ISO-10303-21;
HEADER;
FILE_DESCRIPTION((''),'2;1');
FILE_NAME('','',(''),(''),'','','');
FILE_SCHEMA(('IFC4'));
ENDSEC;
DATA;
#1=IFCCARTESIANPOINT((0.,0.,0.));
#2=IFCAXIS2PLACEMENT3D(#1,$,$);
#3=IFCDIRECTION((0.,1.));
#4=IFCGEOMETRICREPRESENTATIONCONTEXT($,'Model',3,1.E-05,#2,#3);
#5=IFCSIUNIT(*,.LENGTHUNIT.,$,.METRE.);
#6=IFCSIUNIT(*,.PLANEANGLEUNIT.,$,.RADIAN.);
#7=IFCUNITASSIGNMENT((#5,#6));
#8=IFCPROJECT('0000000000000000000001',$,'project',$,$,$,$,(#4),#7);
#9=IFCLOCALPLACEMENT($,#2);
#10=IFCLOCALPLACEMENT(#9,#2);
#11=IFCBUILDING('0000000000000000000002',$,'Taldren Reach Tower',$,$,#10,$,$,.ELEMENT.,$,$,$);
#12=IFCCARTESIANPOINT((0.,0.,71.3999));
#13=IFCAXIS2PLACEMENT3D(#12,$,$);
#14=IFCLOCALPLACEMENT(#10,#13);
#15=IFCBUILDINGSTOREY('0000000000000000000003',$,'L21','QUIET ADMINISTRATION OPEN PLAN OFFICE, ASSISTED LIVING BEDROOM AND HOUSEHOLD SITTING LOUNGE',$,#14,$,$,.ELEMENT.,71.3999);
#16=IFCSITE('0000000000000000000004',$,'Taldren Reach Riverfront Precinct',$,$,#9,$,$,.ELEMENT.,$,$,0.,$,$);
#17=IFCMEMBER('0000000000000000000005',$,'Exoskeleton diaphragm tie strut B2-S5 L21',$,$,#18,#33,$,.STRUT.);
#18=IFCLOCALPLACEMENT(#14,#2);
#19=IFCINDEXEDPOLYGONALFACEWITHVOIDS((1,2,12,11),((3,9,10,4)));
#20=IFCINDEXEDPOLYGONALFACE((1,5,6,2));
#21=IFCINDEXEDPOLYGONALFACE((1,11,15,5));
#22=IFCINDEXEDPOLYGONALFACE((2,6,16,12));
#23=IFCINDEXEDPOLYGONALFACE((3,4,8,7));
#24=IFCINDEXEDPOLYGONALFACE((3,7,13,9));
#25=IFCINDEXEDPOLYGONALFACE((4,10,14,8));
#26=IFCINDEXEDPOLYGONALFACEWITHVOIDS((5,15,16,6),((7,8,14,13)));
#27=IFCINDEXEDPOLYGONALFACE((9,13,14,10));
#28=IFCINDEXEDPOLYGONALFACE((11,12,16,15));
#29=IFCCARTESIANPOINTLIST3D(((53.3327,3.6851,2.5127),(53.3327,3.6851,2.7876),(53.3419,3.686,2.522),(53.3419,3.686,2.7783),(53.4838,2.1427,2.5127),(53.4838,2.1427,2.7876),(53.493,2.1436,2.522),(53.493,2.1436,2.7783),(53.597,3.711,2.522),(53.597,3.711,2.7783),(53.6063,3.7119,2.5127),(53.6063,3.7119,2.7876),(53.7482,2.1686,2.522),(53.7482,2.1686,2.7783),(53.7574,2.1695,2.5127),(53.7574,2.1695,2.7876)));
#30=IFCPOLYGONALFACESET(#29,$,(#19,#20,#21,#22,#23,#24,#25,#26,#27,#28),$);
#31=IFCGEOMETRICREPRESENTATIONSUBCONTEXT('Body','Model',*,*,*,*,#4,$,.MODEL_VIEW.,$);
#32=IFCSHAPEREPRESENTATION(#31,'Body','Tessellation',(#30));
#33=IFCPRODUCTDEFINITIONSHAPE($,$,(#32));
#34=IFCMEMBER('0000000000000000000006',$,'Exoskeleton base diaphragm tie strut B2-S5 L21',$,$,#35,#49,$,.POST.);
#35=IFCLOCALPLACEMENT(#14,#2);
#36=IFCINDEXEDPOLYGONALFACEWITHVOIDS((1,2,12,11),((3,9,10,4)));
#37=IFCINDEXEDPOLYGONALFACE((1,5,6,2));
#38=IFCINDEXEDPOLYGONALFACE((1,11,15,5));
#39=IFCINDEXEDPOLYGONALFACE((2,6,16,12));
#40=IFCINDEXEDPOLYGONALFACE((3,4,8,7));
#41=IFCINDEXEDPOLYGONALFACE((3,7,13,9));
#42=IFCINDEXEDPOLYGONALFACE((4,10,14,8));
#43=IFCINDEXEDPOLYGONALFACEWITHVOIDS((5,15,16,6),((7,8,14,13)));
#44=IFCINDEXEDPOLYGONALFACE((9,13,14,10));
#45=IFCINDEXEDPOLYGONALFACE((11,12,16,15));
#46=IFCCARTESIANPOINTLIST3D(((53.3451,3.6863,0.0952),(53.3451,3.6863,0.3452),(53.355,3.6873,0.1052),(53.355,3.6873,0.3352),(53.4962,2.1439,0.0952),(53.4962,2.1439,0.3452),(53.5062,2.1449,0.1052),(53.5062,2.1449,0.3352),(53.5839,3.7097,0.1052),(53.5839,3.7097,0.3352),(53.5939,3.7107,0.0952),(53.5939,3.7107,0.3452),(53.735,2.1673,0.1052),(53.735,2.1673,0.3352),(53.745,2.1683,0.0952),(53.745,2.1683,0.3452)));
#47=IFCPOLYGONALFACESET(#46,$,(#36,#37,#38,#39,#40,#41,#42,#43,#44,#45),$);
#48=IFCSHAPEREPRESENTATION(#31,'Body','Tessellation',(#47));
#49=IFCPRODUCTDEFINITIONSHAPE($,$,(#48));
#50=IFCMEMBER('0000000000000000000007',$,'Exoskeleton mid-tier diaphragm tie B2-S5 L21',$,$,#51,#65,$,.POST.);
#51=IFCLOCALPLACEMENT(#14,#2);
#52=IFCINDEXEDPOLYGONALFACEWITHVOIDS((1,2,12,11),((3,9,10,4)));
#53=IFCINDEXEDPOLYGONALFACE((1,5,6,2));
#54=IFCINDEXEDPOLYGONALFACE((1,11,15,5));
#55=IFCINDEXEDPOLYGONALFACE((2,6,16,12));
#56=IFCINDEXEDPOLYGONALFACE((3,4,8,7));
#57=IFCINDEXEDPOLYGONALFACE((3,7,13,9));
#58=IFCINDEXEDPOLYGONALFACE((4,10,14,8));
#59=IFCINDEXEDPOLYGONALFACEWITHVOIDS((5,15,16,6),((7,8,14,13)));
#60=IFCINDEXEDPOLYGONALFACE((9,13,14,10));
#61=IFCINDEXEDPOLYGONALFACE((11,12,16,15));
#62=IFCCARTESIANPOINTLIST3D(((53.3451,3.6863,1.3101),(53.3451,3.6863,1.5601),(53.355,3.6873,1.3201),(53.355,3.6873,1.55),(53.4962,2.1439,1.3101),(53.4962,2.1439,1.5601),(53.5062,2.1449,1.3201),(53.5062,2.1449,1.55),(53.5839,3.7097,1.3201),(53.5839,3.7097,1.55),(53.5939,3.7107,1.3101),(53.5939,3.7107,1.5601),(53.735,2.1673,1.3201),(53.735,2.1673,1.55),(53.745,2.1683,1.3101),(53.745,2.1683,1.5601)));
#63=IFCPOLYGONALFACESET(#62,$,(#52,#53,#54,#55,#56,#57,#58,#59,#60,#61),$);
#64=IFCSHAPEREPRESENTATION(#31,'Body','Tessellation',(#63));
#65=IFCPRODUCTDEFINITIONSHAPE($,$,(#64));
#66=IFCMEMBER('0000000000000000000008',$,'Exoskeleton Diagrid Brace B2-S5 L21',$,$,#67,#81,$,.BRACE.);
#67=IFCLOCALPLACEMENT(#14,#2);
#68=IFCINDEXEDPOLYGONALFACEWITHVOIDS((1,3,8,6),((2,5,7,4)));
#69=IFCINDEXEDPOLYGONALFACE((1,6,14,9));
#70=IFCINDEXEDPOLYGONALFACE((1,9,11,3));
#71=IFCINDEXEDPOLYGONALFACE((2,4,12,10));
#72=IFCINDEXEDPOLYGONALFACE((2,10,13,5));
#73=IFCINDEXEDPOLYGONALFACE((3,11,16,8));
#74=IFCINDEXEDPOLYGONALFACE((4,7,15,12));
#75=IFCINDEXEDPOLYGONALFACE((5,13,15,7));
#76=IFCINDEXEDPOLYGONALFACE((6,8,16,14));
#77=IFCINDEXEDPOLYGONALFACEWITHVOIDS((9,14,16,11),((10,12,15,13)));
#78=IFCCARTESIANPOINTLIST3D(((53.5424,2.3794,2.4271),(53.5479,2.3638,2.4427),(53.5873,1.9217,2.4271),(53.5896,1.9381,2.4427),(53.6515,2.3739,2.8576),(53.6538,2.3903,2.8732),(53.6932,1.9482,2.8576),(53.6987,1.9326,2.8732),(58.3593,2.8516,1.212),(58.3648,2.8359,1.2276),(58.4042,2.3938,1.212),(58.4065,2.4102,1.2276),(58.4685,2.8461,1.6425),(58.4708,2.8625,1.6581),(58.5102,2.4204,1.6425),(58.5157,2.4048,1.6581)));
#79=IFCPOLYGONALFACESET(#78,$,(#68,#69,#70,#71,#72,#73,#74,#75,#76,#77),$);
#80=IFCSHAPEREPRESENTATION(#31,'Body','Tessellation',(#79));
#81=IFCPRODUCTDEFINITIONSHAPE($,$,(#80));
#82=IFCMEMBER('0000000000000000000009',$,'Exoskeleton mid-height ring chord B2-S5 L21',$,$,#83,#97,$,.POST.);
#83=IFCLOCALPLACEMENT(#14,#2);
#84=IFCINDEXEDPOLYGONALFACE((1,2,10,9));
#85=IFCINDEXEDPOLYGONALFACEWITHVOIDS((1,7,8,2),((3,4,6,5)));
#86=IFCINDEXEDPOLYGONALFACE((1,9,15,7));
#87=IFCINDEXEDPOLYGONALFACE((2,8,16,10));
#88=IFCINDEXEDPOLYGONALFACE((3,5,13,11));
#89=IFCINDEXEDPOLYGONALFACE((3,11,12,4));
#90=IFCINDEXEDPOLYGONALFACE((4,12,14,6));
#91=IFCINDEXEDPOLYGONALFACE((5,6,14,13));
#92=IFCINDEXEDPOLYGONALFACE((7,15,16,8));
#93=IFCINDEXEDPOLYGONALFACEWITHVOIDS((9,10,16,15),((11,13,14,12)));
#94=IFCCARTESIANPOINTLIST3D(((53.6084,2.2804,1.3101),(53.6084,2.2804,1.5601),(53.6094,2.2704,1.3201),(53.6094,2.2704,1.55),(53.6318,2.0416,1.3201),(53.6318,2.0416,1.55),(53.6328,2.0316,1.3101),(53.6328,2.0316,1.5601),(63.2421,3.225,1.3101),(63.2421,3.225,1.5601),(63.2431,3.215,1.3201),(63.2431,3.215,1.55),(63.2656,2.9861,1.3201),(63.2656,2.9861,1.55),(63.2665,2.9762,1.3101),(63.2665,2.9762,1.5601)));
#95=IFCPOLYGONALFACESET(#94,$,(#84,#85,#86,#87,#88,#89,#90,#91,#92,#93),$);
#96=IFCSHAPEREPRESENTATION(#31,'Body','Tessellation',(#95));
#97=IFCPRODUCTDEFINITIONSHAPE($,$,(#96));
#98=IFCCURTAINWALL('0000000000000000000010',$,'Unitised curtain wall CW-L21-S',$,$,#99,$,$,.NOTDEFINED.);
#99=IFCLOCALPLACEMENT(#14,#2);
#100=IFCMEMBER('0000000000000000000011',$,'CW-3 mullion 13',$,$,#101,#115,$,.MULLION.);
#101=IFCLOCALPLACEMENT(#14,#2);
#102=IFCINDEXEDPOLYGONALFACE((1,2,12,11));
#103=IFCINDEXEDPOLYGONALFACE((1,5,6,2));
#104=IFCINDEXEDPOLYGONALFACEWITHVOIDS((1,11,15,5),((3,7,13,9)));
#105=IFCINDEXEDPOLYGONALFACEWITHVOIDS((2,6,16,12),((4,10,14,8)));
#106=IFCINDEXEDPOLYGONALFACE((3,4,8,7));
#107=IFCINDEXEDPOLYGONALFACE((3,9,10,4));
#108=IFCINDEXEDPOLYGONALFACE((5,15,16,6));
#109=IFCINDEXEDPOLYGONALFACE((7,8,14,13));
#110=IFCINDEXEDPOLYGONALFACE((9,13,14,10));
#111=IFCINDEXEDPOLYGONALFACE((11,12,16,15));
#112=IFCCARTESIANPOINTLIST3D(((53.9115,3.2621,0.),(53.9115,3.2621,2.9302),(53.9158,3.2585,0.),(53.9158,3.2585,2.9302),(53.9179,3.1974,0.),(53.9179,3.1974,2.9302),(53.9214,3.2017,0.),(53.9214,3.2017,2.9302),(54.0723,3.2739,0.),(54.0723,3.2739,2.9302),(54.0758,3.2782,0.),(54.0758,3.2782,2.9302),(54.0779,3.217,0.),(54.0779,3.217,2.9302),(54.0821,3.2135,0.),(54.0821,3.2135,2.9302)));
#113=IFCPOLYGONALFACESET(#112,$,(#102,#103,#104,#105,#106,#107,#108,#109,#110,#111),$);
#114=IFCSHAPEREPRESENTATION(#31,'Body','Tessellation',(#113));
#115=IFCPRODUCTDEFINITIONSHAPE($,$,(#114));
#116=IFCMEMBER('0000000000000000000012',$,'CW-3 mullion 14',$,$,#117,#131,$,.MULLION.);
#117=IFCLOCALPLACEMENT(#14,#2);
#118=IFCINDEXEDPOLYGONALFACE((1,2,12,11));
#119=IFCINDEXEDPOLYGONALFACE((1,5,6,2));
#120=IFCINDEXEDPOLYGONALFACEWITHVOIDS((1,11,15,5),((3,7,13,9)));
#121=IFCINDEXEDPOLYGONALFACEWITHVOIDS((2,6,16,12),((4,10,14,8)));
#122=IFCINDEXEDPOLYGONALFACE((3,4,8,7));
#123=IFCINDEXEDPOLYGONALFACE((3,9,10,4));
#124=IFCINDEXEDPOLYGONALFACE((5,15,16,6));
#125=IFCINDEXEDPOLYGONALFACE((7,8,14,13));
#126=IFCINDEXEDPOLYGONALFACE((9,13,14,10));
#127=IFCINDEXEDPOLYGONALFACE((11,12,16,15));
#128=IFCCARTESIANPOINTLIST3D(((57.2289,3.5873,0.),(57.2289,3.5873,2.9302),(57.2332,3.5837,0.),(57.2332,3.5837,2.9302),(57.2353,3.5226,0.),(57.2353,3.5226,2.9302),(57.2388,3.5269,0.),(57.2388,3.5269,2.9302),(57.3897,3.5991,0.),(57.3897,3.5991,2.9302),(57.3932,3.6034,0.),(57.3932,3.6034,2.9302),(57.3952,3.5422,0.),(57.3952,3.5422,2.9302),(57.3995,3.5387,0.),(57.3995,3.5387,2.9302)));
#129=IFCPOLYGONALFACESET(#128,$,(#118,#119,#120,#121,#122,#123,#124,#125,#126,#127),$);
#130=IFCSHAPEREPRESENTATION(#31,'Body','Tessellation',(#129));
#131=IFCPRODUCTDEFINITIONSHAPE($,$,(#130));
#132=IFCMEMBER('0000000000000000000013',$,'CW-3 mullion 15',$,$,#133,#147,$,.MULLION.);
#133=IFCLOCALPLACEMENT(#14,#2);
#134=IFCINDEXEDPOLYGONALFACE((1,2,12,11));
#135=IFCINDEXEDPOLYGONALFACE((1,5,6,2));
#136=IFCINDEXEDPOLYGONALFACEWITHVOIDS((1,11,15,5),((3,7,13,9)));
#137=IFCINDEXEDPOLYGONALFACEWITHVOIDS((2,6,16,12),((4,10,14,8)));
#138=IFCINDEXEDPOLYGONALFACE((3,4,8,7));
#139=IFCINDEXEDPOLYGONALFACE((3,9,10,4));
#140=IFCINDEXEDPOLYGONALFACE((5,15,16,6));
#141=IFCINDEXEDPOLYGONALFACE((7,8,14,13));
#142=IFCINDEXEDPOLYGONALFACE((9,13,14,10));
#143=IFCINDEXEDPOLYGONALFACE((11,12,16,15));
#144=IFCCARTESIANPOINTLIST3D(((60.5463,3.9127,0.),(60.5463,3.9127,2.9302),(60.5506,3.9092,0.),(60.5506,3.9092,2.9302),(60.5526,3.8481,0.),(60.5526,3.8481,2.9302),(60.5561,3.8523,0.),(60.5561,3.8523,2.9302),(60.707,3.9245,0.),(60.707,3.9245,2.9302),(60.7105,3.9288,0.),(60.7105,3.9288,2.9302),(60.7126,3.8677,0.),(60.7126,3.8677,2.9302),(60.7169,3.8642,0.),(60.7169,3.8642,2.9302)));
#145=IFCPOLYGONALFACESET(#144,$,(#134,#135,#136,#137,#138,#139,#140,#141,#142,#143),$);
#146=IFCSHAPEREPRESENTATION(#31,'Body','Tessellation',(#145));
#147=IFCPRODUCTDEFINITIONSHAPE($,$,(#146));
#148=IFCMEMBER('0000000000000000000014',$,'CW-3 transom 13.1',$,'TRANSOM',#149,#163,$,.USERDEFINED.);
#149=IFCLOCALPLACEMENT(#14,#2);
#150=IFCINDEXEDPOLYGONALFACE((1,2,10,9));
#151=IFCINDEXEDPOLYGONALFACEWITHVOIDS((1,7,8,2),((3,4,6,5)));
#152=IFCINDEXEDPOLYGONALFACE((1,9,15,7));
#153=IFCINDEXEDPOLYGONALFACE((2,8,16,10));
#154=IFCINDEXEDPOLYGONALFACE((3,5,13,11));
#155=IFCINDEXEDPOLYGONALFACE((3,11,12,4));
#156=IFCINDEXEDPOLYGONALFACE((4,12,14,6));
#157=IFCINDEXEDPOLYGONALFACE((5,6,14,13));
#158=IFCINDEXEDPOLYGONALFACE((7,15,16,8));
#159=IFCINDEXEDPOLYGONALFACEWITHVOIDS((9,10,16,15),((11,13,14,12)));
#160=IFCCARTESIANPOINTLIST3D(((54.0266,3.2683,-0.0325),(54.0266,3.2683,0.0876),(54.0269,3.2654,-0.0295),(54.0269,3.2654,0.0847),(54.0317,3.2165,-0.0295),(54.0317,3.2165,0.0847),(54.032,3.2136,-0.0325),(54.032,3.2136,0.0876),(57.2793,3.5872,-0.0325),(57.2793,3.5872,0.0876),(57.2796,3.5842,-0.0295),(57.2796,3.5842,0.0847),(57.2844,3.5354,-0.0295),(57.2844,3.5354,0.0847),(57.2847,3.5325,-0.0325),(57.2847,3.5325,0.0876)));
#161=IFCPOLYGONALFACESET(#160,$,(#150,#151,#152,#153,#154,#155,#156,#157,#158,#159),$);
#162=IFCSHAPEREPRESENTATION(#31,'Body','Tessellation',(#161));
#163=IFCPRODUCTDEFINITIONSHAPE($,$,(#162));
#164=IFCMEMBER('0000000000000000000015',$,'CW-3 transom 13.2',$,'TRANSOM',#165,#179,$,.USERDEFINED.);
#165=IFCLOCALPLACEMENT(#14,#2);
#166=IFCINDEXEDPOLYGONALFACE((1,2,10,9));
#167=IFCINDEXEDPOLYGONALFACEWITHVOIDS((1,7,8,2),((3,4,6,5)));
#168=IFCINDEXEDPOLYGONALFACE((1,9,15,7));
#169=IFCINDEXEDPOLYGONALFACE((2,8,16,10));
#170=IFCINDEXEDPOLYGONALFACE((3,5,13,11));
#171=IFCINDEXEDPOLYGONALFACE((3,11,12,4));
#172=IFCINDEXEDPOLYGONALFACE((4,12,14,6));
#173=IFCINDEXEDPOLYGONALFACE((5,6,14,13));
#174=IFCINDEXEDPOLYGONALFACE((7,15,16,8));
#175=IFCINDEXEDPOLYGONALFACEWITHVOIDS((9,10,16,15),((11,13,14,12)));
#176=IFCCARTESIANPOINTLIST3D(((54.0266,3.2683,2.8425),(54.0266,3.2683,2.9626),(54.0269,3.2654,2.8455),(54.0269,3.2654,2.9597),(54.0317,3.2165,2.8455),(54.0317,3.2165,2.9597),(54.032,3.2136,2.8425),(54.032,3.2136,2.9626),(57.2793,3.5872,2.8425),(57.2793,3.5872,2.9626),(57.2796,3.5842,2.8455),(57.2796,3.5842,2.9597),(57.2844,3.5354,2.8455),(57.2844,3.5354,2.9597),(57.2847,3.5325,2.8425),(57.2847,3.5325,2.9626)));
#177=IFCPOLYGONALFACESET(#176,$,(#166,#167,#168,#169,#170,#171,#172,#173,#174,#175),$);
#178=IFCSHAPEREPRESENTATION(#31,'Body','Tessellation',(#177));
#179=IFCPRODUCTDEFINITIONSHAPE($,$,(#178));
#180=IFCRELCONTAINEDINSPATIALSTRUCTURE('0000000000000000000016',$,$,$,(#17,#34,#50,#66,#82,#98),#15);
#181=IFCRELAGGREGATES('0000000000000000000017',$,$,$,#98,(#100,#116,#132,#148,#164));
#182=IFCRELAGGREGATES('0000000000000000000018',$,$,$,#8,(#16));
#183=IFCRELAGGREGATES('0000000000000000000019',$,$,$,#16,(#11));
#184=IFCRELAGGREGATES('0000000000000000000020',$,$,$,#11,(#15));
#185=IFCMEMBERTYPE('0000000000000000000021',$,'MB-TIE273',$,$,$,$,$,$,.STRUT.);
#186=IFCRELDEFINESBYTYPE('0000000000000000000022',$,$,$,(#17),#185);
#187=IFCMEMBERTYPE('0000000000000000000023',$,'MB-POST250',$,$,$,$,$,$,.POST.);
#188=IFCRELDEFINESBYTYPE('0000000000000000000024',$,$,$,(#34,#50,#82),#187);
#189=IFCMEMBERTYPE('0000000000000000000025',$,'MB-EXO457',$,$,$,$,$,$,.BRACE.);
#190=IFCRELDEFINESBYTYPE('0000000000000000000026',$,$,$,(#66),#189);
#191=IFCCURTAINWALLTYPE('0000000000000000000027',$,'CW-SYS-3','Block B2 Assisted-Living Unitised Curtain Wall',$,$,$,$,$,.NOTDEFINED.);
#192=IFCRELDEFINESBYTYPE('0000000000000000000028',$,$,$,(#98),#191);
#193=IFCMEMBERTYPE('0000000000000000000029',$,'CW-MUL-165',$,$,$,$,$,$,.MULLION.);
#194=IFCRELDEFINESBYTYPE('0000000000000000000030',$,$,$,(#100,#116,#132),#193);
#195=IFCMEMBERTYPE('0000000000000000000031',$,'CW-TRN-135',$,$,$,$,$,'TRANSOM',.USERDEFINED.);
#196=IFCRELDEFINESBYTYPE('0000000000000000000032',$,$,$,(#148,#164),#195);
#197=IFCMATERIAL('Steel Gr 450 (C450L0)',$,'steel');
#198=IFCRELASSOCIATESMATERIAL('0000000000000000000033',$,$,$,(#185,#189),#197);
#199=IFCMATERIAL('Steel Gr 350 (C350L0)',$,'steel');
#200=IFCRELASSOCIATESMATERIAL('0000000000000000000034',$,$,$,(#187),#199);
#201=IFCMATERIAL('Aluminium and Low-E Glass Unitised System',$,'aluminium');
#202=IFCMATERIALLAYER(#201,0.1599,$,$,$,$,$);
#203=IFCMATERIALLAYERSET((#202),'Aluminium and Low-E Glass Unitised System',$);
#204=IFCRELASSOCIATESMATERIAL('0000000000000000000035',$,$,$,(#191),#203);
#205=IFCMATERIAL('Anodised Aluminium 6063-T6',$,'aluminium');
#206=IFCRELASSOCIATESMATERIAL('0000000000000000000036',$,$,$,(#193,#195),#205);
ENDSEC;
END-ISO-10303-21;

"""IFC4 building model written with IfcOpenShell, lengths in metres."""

from ifc_helpers import new_model, si_unit, direction, frame, origin, origin_2d, place, context, subcontext, project, spatial, hollow_rectangle, extrude, source, transform, mapped, material, layer, layer_set, material_profile, profile_set, type_object, element, aggregate, save


model = new_model("IFC4")

# Units and contexts
model_context = context("Model", 3, precision=1e-05, world=origin(), true_north=direction((0.0, 1.0)))
body_context = subcontext(model_context, "Body", "Model", "MODEL_VIEW")
ifc_project = project(units=[si_unit("LENGTHUNIT", "METRE"), si_unit("PLANEANGLEUNIT", "RADIAN")], contexts=[model_context])

# Site, building, storey
site_placement = place(None, origin())
site = spatial("IfcSite", under=ifc_project, at=site_placement, Name="Taldren Reach Riverfront Precinct", CompositionType="ELEMENT", RefElevation=0.0)
building_placement = place(site_placement, origin())
building = spatial("IfcBuilding", under=site, at=building_placement, Name="Taldren Reach Tower", CompositionType="ELEMENT")
storey_placement = place(building_placement, frame((0.0, 0.0, 71.3999)))
storey = spatial("IfcBuildingStorey", under=building, at=storey_placement, Name="L21", Description="QUIET ADMINISTRATION OPEN PLAN OFFICE, ASSISTED LIVING BEDROOM AND HOUSEHOLD SITTING LOUNGE", CompositionType="ELEMENT", Elevation=71.3999)

# Members
ifc_material_1 = material(Name="Steel Gr 450 (C450L0)", Category="steel")
ifc_material_profile_1 = material_profile(ifc_material_1, hollow_rectangle(XDim=0.2749, YDim=0.2749, WallThickness=0.0093, at=origin_2d()), Name="275x275x9.3SHS")
ifc_profile_set_1 = profile_set([ifc_material_profile_1], Name="Steel Gr 450 (C450L0)")
member_type_1 = type_object("IfcMemberType", Name="MB-TIE273", PredefinedType="STRUT", material=ifc_profile_set_1)
shared_shape_1 = source(origin(), body_context, "Body", "SweptSolid", [
    extrude(hollow_rectangle(XDim=0.2749, YDim=0.2749, WallThickness=0.0093, at=origin_2d()), origin(), (0.0, 0.0, 1.0), 1.5498),
])
member_1_placement = place(storey_placement, frame((53.4695, 3.6985, 2.6501), z_axis=(0.097507, -0.995235, 0.0), x_axis=(0.995235, 0.097507, 0.0)))
element("IfcMember", 1, at=member_1_placement, inside=storey, type_object=member_type_1, Name="Exoskeleton diaphragm tie strut B2-S5 L21", PredefinedType="STRUT", context=body_context, shape_type="MappedRepresentation", body=[
    mapped(shared_shape_1, transform((0.0, 0.0, 0.0), scale=1.0)),
])
ifc_material_2 = material(Name="Steel Gr 350 (C350L0)", Category="steel")
ifc_material_profile_2 = material_profile(ifc_material_2, hollow_rectangle(XDim=0.25, YDim=0.25, WallThickness=0.01, at=origin_2d()), Name="250x250x10.0SHS")
ifc_profile_set_2 = profile_set([ifc_material_profile_2], Name="Steel Gr 350 (C350L0)")
member_type_2 = type_object("IfcMemberType", Name="MB-POST250", PredefinedType="POST", material=ifc_profile_set_2)
shared_shape_2 = source(origin(), body_context, "Body", "SweptSolid", [
    extrude(hollow_rectangle(XDim=0.25, YDim=0.25, WallThickness=0.01, at=origin_2d()), origin(), (0.0, 0.0, 1.0), 1.5498),
])
for number, where, z_axis, x_axis, name in (
    (2, (53.4695, 3.6985, 0.2202), (0.097507, -0.995235, 0.0), (0.995235, 0.097507, 0.0), "Exoskeleton base diaphragm tie strut B2-S5 L21"),
    (3, (53.4695, 3.6985, 1.4351), (0.097507, -0.995235, 0.0), (0.995235, 0.097507, 0.0), "Exoskeleton mid-tier diaphragm tie B2-S5 L21"),
):
    element("IfcMember", number, at=place(storey_placement, frame(where, z_axis=z_axis, x_axis=x_axis)), inside=storey, type_object=member_type_2, Name=name, PredefinedType="POST", context=body_context, shape_type="MappedRepresentation", body=[
        mapped(shared_shape_2, transform((0.0, 0.0, 0.0), scale=1.0)),
    ])
ifc_material_profile_3 = material_profile(ifc_material_1, hollow_rectangle(XDim=0.46, YDim=0.46, WallThickness=0.0161, at=origin_2d()), Name="460x460x16.0SHS")
ifc_profile_set_3 = profile_set([ifc_material_profile_3], Name="Steel Gr 450 (C450L0)")
member_type_3 = type_object("IfcMemberType", Name="MB-EXO457", PredefinedType="BRACE", material=ifc_profile_set_3)
shared_shape_3 = source(origin(), body_context, "Body", "SweptSolid", [
    extrude(hollow_rectangle(XDim=0.46, YDim=0.46, WallThickness=0.0161, at=origin_2d()), origin(), (0.0, 0.0, 1.0), 4.9902),
])
member_2_placement = place(storey_placement, frame((58.4375, 2.6282, 1.4351), z_axis=(-0.965276, -0.09462, 0.243496), x_axis=(0.097556, -0.99523, 0.0)))
element("IfcMember", 4, at=member_2_placement, inside=storey, type_object=member_type_3, Name="Exoskeleton Diagrid Brace B2-S5 L21", PredefinedType="BRACE", context=body_context, shape_type="MappedRepresentation", body=[
    mapped(shared_shape_3, transform((0.0, 0.0, 0.0), scale=1.0)),
])
shared_shape_4 = source(origin(), body_context, "Body", "SweptSolid", [
    extrude(hollow_rectangle(XDim=0.25, YDim=0.25, WallThickness=0.01, at=origin_2d()), origin(), (0.0, 0.0, 1.0), 9.6799),
])
member_3_placement = place(storey_placement, frame((53.6206, 2.156, 1.4351), z_axis=(0.995228, 0.097581, 0.0), x_axis=(-0.097581, 0.995228, 0.0)))
element("IfcMember", 5, at=member_3_placement, inside=storey, type_object=member_type_2, Name="Exoskeleton mid-height ring chord B2-S5 L21", PredefinedType="POST", context=body_context, shape_type="MappedRepresentation", body=[
    mapped(shared_shape_4, transform((0.0, 0.0, 0.0), scale=1.0)),
])

# Curtain wall, members
ifc_material_3 = material(Name="Aluminium and Low-E Glass Unitised System", Category="aluminium")
ifc_layer_1 = layer(ifc_material_3, 0.1599)
ifc_layer_set_1 = layer_set([ifc_layer_1], Name="Aluminium and Low-E Glass Unitised System")
curtain_wall_type = type_object("IfcCurtainWallType", Name="CW-SYS-3", Description="Block B2 Assisted-Living Unitised Curtain Wall", PredefinedType="NOTDEFINED", material=ifc_layer_set_1)
curtain_wall_placement = place(storey_placement, origin())
curtain_wall = element("IfcCurtainWall", 6, at=curtain_wall_placement, inside=storey, type_object=curtain_wall_type, Name="Unitised curtain wall CW-L21-S", PredefinedType="NOTDEFINED")
ifc_material_4 = material(Name="Anodised Aluminium 6063-T6", Category="aluminium")
ifc_material_profile_4 = material_profile(ifc_material_4, hollow_rectangle(XDim=0.0649, YDim=0.165, WallThickness=0.0039, at=origin_2d()), Name="ALU-165x65x4RHS")
ifc_profile_set_4 = profile_set([ifc_material_profile_4], Name="Anodised Aluminium 6063-T6")
member_type_4 = type_object("IfcMemberType", Name="CW-MUL-165", PredefinedType="MULLION", material=ifc_profile_set_4)
shared_shape_5 = source(origin(), body_context, "Body", "SweptSolid", [
    extrude(hollow_rectangle(XDim=0.0649, YDim=0.165, WallThickness=0.0039, at=origin_2d()), origin(), (0.0, 0.0, 1.0), 2.9302),
])
member_4_placement = place(storey_placement, frame((53.9968, 3.2378, 0.0), z_axis=(0.0, 0.0, 1.0), x_axis=(-0.097583, 0.995227, 0.0)))
member_4 = element("IfcMember", 7, at=member_4_placement, type_object=member_type_4, Name="CW-3 mullion 13", PredefinedType="MULLION", context=body_context, shape_type="MappedRepresentation", body=[
    mapped(shared_shape_5, transform((0.0, 0.0, 0.0), scale=1.0)),
])
member_5_placement = place(storey_placement, frame((57.3142, 3.563, 0.0), z_axis=(0.0, 0.0, 1.0), x_axis=(-0.097583, 0.995227, 0.0)))
member_5 = element("IfcMember", 8, at=member_5_placement, type_object=member_type_4, Name="CW-3 mullion 14", PredefinedType="MULLION", context=body_context, shape_type="MappedRepresentation", body=[
    mapped(shared_shape_5, transform((0.0, 0.0, 0.0), scale=1.0)),
])
member_6_placement = place(storey_placement, frame((60.6316, 3.8884, 0.0), z_axis=(0.0, 0.0, 1.0), x_axis=(-0.097583, 0.995227, 0.0)))
member_6 = element("IfcMember", 9, at=member_6_placement, type_object=member_type_4, Name="CW-3 mullion 15", PredefinedType="MULLION", context=body_context, shape_type="MappedRepresentation", body=[
    mapped(shared_shape_5, transform((0.0, 0.0, 0.0), scale=1.0)),
])
ifc_material_profile_5 = material_profile(ifc_material_4, hollow_rectangle(XDim=0.0549, YDim=0.1201, WallThickness=0.0029, at=origin_2d()), Name="ALU-120x55x3RHS")
ifc_profile_set_5 = profile_set([ifc_material_profile_5], Name="Anodised Aluminium 6063-T6")
member_type_5 = type_object("IfcMemberType", Name="CW-TRN-135", ElementType="TRANSOM", PredefinedType="USERDEFINED", material=ifc_profile_set_5)
shared_shape_6 = source(origin(), body_context, "Body", "SweptSolid", [
    extrude(hollow_rectangle(XDim=0.0549, YDim=0.1201, WallThickness=0.0029, at=origin_2d()), origin(), (0.0, 0.0, 1.0), 3.2683),
])
member_7_placement = place(storey_placement, frame((54.0293, 3.241, 0.0276), z_axis=(0.99523, 0.097558, 0.0), x_axis=(-0.097558, 0.99523, 0.0)))
member_7 = element("IfcMember", 10, at=member_7_placement, type_object=member_type_5, Name="CW-3 transom 13.1", ObjectType="TRANSOM", PredefinedType="USERDEFINED", context=body_context, shape_type="MappedRepresentation", body=[
    mapped(shared_shape_6, transform((0.0, 0.0, 0.0), scale=1.0)),
])
member_8_placement = place(storey_placement, frame((54.0293, 3.241, 2.9026), z_axis=(0.99523, 0.097558, 0.0), x_axis=(-0.097558, 0.99523, 0.0)))
member_8 = element("IfcMember", 11, at=member_8_placement, type_object=member_type_5, Name="CW-3 transom 13.2", ObjectType="TRANSOM", PredefinedType="USERDEFINED", context=body_context, shape_type="MappedRepresentation", body=[
    mapped(shared_shape_6, transform((0.0, 0.0, 0.0), scale=1.0)),
])

aggregate(curtain_wall, [member_4, member_5, member_6, member_7, member_8])

save(model, "model.ifc")
